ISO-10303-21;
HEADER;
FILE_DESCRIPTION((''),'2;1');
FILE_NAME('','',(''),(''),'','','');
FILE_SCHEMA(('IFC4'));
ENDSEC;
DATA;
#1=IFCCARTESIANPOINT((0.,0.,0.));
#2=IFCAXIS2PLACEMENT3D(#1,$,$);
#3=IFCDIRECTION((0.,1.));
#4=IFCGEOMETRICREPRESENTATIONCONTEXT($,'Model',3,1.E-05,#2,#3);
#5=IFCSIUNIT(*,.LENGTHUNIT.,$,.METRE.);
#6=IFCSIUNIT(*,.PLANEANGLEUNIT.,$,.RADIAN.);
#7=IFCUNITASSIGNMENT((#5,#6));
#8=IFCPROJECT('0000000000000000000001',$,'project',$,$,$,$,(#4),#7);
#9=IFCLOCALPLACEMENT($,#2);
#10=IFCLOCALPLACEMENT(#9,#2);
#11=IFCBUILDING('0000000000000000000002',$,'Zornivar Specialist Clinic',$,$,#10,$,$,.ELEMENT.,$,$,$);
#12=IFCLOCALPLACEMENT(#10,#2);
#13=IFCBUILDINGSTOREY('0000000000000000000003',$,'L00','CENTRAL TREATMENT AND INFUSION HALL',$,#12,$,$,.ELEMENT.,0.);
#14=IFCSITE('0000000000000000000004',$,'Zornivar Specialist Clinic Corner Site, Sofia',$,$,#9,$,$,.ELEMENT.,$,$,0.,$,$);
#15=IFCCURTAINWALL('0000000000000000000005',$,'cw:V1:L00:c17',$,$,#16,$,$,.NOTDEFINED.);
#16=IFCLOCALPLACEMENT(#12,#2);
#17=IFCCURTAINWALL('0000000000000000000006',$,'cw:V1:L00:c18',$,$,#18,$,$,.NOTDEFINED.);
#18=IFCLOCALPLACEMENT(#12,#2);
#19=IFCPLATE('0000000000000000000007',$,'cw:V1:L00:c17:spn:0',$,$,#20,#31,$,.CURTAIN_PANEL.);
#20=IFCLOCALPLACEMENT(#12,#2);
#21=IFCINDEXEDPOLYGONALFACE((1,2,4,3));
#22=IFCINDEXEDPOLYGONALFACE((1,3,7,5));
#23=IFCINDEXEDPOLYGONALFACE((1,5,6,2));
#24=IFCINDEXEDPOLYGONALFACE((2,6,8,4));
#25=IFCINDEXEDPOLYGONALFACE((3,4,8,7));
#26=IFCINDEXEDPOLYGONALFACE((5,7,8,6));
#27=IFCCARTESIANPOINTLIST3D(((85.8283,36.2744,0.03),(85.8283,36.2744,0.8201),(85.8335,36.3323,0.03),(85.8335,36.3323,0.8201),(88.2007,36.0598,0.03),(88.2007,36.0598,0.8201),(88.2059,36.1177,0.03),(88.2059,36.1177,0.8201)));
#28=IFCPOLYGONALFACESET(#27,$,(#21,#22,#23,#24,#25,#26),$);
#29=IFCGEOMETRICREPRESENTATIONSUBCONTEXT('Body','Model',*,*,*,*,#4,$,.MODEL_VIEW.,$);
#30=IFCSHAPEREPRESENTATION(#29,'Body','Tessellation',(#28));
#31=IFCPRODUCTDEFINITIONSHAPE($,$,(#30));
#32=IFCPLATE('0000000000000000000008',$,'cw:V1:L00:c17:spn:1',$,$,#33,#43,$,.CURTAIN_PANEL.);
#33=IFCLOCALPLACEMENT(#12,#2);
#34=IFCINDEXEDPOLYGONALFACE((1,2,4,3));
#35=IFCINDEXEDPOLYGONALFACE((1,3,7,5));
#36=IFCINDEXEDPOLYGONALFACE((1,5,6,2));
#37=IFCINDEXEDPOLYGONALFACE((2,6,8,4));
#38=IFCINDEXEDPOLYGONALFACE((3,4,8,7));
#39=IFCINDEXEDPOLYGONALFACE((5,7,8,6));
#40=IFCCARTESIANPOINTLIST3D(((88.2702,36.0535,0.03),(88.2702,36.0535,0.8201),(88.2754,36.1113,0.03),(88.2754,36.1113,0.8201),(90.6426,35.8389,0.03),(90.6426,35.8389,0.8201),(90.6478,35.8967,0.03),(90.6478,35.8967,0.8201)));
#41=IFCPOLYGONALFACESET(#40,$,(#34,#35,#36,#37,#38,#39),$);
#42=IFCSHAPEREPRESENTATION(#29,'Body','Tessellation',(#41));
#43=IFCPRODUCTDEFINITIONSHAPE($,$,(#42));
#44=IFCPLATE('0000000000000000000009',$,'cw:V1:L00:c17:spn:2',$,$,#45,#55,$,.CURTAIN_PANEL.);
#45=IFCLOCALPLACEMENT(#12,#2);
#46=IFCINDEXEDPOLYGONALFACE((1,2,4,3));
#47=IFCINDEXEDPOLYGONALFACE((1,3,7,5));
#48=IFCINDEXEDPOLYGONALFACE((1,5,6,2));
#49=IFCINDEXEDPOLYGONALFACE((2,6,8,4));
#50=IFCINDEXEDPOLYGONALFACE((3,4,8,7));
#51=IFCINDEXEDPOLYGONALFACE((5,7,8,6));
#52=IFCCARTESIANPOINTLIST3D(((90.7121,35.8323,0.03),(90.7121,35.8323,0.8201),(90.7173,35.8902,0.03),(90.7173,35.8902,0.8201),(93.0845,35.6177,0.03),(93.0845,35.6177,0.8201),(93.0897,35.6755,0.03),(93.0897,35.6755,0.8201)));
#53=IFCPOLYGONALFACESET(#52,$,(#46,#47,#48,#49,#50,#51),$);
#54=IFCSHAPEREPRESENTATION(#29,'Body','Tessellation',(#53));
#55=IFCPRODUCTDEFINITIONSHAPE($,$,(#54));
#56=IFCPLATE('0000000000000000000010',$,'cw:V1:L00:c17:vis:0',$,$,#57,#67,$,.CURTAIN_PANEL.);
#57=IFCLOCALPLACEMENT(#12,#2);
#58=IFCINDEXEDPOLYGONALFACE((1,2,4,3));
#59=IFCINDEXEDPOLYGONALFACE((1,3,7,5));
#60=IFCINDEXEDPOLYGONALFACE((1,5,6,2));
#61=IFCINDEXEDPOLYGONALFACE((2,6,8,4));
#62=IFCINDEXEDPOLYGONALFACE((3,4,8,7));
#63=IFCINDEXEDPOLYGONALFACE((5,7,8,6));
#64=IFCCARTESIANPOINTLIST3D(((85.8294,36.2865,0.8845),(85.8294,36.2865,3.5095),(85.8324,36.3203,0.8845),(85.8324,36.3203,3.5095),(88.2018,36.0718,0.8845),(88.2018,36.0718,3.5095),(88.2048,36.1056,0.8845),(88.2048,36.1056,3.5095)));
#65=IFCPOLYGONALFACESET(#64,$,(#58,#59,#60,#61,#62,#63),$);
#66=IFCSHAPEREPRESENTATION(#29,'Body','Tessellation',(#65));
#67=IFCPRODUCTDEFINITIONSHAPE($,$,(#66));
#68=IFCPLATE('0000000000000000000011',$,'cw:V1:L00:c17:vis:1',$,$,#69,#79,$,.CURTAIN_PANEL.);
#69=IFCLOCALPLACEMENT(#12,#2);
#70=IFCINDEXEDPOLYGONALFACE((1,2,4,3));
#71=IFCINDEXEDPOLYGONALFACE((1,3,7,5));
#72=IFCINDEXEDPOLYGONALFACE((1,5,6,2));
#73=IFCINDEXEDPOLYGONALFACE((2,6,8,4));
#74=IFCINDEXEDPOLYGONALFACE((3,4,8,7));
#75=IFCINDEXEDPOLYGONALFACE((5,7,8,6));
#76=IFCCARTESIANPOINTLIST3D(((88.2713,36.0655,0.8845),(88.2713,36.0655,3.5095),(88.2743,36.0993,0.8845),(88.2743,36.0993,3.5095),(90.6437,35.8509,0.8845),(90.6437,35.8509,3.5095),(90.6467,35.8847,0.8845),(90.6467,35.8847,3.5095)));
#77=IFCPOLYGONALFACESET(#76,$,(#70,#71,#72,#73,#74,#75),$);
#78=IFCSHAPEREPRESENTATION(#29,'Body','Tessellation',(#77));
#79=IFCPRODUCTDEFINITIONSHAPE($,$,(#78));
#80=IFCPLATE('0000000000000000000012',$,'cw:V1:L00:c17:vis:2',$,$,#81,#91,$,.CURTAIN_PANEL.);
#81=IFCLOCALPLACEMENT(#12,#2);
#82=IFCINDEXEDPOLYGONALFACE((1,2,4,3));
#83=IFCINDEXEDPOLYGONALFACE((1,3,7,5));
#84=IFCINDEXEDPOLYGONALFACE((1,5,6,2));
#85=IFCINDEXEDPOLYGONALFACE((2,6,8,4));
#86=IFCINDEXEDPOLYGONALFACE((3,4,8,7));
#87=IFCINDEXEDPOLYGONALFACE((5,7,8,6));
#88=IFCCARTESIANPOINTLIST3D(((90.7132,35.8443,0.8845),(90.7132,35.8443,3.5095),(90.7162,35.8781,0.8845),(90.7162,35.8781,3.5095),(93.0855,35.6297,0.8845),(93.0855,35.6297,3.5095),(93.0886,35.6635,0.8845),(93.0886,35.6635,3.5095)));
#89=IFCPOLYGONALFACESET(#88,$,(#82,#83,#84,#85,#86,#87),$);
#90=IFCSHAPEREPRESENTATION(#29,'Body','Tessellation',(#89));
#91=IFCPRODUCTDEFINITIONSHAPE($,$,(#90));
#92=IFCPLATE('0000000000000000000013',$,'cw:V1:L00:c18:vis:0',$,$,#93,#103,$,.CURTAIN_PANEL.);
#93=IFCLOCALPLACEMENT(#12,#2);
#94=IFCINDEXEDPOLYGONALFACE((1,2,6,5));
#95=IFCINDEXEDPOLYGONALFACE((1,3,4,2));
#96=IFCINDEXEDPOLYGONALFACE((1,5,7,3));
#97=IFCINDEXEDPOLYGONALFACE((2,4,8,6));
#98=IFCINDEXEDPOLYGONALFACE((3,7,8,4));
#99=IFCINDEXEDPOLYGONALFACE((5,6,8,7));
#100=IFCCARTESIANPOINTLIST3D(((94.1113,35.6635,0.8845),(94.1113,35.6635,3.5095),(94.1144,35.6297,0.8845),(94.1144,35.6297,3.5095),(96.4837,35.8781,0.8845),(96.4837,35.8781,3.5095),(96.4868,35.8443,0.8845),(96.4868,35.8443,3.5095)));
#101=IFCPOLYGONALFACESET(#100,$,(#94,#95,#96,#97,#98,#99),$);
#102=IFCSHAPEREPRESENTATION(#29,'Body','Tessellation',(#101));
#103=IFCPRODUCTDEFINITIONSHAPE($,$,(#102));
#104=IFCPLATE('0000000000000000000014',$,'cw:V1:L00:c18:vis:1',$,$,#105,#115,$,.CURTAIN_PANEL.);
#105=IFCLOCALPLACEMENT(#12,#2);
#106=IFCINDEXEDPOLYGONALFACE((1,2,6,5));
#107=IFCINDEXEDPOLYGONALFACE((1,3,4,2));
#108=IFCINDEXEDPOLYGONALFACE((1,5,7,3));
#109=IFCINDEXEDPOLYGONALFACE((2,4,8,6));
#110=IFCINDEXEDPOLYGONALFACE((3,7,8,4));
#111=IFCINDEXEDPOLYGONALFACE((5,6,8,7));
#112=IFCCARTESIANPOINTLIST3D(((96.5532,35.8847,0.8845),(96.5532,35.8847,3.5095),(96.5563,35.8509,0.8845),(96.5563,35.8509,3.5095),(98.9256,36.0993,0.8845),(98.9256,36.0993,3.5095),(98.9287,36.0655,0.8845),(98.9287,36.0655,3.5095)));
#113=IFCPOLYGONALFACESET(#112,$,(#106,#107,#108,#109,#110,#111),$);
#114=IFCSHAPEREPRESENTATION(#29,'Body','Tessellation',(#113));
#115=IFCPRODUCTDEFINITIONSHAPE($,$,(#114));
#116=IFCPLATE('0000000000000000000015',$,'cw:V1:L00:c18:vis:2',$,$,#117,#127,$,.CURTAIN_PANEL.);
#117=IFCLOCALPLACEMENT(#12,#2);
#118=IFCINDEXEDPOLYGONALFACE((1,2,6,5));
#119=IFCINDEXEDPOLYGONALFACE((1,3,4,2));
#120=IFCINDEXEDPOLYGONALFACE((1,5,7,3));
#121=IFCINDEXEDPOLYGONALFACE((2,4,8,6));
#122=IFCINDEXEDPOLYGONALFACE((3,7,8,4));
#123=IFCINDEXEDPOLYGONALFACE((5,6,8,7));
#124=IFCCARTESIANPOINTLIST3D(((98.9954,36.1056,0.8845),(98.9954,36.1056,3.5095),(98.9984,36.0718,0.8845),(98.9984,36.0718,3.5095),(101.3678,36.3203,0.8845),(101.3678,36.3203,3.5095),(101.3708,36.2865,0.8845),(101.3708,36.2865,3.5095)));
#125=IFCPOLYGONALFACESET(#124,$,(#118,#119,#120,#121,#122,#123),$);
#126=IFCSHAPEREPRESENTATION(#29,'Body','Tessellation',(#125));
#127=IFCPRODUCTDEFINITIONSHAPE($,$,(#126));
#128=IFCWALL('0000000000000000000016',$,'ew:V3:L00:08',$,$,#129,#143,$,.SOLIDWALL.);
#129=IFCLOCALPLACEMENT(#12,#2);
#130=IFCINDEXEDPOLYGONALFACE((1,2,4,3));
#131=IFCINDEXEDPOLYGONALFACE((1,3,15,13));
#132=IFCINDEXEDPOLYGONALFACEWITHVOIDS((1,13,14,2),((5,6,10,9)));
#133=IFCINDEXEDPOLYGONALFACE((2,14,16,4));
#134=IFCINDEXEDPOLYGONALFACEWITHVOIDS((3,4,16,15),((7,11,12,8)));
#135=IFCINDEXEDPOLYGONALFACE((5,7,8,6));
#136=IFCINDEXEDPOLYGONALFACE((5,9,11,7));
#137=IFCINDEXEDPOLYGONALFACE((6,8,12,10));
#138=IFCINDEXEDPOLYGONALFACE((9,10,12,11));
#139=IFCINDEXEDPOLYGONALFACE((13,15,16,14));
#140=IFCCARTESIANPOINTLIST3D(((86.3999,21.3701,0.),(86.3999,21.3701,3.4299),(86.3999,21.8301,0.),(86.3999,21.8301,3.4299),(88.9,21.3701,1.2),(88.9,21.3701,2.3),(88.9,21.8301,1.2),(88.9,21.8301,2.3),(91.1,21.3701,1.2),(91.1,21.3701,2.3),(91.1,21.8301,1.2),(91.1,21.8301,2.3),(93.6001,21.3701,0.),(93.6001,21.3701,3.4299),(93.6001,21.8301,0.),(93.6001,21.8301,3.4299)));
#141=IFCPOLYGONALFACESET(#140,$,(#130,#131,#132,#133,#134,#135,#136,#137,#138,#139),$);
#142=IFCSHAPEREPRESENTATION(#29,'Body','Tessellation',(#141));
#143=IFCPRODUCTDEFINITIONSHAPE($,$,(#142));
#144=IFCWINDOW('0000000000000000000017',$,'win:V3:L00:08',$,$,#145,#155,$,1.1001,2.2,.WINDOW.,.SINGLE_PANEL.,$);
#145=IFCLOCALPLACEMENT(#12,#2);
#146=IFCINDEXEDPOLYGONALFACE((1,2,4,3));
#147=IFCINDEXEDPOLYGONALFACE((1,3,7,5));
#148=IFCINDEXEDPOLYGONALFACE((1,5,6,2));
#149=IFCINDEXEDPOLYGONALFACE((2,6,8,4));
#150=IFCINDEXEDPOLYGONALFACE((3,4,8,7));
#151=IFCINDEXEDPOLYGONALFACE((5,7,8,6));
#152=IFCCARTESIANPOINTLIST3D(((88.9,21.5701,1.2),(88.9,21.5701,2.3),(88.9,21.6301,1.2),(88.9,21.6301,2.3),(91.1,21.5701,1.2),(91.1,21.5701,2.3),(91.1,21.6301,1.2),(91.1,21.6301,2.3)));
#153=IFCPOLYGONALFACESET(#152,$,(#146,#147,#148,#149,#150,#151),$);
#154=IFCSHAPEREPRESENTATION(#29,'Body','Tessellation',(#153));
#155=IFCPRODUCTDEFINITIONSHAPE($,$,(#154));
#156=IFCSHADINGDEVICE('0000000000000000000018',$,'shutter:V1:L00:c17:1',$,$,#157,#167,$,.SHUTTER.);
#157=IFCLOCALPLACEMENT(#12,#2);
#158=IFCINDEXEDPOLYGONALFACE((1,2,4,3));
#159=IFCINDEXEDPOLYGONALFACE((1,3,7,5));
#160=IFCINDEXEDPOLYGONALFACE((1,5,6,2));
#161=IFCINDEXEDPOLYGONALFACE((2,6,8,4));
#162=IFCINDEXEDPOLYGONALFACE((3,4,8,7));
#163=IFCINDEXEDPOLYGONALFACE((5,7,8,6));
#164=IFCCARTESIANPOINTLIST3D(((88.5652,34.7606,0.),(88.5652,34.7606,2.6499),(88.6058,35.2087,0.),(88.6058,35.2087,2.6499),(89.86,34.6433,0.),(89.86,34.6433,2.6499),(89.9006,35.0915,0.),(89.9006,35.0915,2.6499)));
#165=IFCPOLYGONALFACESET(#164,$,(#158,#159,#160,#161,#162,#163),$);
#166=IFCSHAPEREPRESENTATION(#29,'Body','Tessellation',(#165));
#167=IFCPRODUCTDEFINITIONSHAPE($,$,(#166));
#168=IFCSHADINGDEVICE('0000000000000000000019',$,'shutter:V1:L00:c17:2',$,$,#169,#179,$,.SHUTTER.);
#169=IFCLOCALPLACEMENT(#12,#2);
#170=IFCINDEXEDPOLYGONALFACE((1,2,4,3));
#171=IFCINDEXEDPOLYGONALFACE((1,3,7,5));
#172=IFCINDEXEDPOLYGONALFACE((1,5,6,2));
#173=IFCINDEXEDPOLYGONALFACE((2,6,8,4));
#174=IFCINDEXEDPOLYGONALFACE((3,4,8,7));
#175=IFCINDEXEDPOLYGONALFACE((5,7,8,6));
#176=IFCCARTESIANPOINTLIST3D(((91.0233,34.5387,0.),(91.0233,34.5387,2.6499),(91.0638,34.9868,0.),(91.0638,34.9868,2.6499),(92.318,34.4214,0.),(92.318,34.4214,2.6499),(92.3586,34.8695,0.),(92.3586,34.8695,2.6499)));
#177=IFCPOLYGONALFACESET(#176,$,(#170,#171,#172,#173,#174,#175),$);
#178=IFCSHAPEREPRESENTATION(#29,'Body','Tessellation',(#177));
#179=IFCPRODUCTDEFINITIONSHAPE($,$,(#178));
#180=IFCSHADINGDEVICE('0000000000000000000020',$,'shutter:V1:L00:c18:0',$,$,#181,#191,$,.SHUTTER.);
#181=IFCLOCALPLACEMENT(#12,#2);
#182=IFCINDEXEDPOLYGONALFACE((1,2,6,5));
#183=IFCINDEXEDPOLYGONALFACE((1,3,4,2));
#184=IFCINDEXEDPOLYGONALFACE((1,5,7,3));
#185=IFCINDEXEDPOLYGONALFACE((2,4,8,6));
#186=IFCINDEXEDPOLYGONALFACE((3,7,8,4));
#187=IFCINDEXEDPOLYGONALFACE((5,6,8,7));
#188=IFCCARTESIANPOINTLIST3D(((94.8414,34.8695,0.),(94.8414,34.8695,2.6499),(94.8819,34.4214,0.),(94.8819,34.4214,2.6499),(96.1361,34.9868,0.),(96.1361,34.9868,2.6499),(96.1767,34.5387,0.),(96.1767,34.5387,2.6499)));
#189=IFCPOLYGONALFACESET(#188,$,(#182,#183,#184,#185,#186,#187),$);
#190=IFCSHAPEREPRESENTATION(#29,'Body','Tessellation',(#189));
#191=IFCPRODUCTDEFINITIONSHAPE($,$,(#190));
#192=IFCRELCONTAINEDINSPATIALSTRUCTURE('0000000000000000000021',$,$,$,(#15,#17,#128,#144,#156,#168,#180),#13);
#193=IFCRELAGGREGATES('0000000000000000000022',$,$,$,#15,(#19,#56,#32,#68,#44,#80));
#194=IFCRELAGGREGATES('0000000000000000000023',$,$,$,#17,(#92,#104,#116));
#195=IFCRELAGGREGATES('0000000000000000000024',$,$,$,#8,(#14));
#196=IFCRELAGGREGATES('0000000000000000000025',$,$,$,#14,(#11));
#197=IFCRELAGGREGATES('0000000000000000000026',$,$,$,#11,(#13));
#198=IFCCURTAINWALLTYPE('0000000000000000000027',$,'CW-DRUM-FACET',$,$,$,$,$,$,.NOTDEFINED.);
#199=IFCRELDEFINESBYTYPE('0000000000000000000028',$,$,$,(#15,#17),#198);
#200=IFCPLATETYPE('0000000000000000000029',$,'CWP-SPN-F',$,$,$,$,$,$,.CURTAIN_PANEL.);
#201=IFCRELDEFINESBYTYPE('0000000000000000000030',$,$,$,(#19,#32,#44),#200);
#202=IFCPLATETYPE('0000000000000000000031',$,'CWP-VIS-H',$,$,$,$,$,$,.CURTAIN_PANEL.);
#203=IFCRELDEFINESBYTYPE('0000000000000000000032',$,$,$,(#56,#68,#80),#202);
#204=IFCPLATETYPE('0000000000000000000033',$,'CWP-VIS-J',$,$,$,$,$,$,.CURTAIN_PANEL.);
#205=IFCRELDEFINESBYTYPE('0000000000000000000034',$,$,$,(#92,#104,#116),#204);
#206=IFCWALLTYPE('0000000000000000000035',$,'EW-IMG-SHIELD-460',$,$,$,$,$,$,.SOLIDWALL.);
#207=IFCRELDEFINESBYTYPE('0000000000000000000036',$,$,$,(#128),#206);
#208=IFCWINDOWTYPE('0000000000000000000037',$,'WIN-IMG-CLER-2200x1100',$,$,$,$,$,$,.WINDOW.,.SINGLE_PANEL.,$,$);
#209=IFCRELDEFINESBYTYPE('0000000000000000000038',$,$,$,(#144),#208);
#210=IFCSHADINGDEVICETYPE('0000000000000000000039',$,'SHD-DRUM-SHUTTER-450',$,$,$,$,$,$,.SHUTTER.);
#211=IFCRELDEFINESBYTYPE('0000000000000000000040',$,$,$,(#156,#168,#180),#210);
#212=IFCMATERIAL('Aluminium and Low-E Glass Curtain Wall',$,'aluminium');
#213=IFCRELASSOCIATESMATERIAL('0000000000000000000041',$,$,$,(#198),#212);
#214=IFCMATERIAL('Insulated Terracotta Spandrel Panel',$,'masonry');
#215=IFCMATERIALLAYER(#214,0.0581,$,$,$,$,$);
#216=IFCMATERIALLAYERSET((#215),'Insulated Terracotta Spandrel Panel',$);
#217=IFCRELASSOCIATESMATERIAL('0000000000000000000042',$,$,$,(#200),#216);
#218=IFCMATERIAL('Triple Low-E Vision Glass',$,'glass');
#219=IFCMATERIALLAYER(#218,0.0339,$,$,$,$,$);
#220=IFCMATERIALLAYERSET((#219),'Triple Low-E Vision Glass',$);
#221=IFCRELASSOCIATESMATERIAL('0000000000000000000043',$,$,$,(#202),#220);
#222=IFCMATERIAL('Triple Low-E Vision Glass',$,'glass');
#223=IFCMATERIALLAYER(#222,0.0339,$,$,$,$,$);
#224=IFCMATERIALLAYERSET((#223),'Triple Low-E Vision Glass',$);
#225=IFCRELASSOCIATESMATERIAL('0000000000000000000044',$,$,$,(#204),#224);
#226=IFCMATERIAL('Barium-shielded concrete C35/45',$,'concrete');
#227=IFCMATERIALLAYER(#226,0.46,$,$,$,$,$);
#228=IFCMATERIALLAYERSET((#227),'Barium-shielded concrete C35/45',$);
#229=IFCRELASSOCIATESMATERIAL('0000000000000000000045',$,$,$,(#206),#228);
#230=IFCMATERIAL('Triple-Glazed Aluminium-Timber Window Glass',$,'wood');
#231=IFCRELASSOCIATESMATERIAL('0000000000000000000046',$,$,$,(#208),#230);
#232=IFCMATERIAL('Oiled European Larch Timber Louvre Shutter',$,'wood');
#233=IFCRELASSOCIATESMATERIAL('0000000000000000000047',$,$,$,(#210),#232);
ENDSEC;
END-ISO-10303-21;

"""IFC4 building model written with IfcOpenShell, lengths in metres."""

from ifc_helpers import new_model, si_unit, direction, frame, frame_2d, origin, origin_2d, place, context, subcontext, project, spatial, rectangle, extrude, material, layer, layer_set, type_object, element, fill, aggregate, save


model = new_model("IFC4")

# Units and contexts
model_context = context("Model", 3, precision=1e-05, world=origin(), true_north=direction((0.0, 1.0)))
body_context = subcontext(model_context, "Body", "Model", "MODEL_VIEW")
ifc_project = project(units=[si_unit("LENGTHUNIT", "METRE"), si_unit("PLANEANGLEUNIT", "RADIAN")], contexts=[model_context])

# Site, building, storey
site_placement = place(None, origin())
site = spatial("IfcSite", under=ifc_project, at=site_placement, Name="Zornivar Specialist Clinic Corner Site, Sofia", CompositionType="ELEMENT", RefElevation=0.0)
building_placement = place(site_placement, origin())
building = spatial("IfcBuilding", under=site, at=building_placement, Name="Zornivar Specialist Clinic", CompositionType="ELEMENT")
storey_placement = place(building_placement, origin())
storey = spatial("IfcBuildingStorey", under=building, at=storey_placement, Name="L00", Description="CENTRAL TREATMENT AND INFUSION HALL", CompositionType="ELEMENT", Elevation=0.0)

# Curtain wall
ifc_material_1 = material(Name="Aluminium and Low-E Glass Curtain Wall", Category="aluminium")
curtain_wall_type = type_object("IfcCurtainWallType", Name="CW-DRUM-FACET", PredefinedType="NOTDEFINED", material=ifc_material_1)
curtain_wall_1_placement = place(storey_placement, origin())
curtain_wall_1 = element("IfcCurtainWall", 1, at=curtain_wall_1_placement, inside=storey, type_object=curtain_wall_type, Name="cw:V1:L00:c17", PredefinedType="NOTDEFINED")

# Curtain wall
curtain_wall_2_placement = place(storey_placement, origin())
curtain_wall_2 = element("IfcCurtainWall", 2, at=curtain_wall_2_placement, inside=storey, type_object=curtain_wall_type, Name="cw:V1:L00:c18", PredefinedType="NOTDEFINED")

# Plates
ifc_material_2 = material(Name="Insulated Terracotta Spandrel Panel", Category="masonry")
ifc_layer_1 = layer(ifc_material_2, 0.0581)
ifc_layer_set_1 = layer_set([ifc_layer_1], Name="Insulated Terracotta Spandrel Panel")
plate_type_1 = type_object("IfcPlateType", Name="CWP-SPN-F", PredefinedType="CURTAIN_PANEL", material=ifc_layer_set_1)
plate_1_placement = place(storey_placement, frame((87.0171, 36.196, 0.03), z_axis=(0.0, 0.0, 1.0), x_axis=(0.995933, -0.090099, 0.0)))
plate_1 = element("IfcPlate", 3, at=plate_1_placement, type_object=plate_type_1, Name="cw:V1:L00:c17:spn:0", PredefinedType="CURTAIN_PANEL", context=body_context, shape_type="SweptSolid", body=[
    extrude(rectangle(XDim=2.3821, YDim=0.0581, at=origin_2d()), origin(), (0.0, 0.0, 1.0), 0.79),
])
plate_2_placement = place(storey_placement, frame((89.459, 35.9751, 0.03), z_axis=(0.0, 0.0, 1.0), x_axis=(0.995933, -0.090099, 0.0)))
plate_2 = element("IfcPlate", 4, at=plate_2_placement, type_object=plate_type_1, Name="cw:V1:L00:c17:spn:1", PredefinedType="CURTAIN_PANEL", context=body_context, shape_type="SweptSolid", body=[
    extrude(rectangle(XDim=2.3821, YDim=0.0581, at=origin_2d()), origin(), (0.0, 0.0, 1.0), 0.79),
])
plate_3_placement = place(storey_placement, frame((91.9009, 35.7539, 0.03), z_axis=(0.0, 0.0, 1.0), x_axis=(0.995933, -0.090099, 0.0)))
plate_3 = element("IfcPlate", 5, at=plate_3_placement, type_object=plate_type_1, Name="cw:V1:L00:c17:spn:2", PredefinedType="CURTAIN_PANEL", context=body_context, shape_type="SweptSolid", body=[
    extrude(rectangle(XDim=2.3821, YDim=0.0581, at=origin_2d()), origin(), (0.0, 0.0, 1.0), 0.79),
])
ifc_material_3 = material(Name="Triple Low-E Vision Glass", Category="glass")
ifc_layer_2 = layer(ifc_material_3, 0.0339)
ifc_layer_set_2 = layer_set([ifc_layer_2], Name="Triple Low-E Vision Glass")
plate_type_2 = type_object("IfcPlateType", Name="CWP-VIS-H", PredefinedType="CURTAIN_PANEL", material=ifc_layer_set_2)
plate_4_placement = place(storey_placement, frame((87.0171, 36.196, 0.8845), z_axis=(0.0, 0.0, 1.0), x_axis=(0.995933, -0.090099, 0.0)))
plate_4 = element("IfcPlate", 6, at=plate_4_placement, type_object=plate_type_2, Name="cw:V1:L00:c17:vis:0", PredefinedType="CURTAIN_PANEL", context=body_context, shape_type="SweptSolid", body=[
    extrude(rectangle(XDim=2.3821, YDim=0.0339, at=origin_2d()), origin(), (0.0, 0.0, 1.0), 2.625),
])
plate_5_placement = place(storey_placement, frame((89.459, 35.9751, 0.8845), z_axis=(0.0, 0.0, 1.0), x_axis=(0.995933, -0.090099, 0.0)))
plate_5 = element("IfcPlate", 7, at=plate_5_placement, type_object=plate_type_2, Name="cw:V1:L00:c17:vis:1", PredefinedType="CURTAIN_PANEL", context=body_context, shape_type="SweptSolid", body=[
    extrude(rectangle(XDim=2.3821, YDim=0.0339, at=origin_2d()), origin(), (0.0, 0.0, 1.0), 2.625),
])
plate_6_placement = place(storey_placement, frame((91.9009, 35.7539, 0.8845), z_axis=(0.0, 0.0, 1.0), x_axis=(0.995933, -0.090099, 0.0)))
plate_6 = element("IfcPlate", 8, at=plate_6_placement, type_object=plate_type_2, Name="cw:V1:L00:c17:vis:2", PredefinedType="CURTAIN_PANEL", context=body_context, shape_type="SweptSolid", body=[
    extrude(rectangle(XDim=2.3821, YDim=0.0339, at=origin_2d()), origin(), (0.0, 0.0, 1.0), 2.625),
])
aggregate(curtain_wall_1, [plate_1, plate_4, plate_2, plate_5, plate_3, plate_6])
ifc_material_4 = material(Name="Triple Low-E Vision Glass", Category="glass")
ifc_layer_3 = layer(ifc_material_4, 0.0339)
ifc_layer_set_3 = layer_set([ifc_layer_3], Name="Triple Low-E Vision Glass")
plate_type_3 = type_object("IfcPlateType", Name="CWP-VIS-J", PredefinedType="CURTAIN_PANEL", material=ifc_layer_set_3)
plate_7_placement = place(storey_placement, frame((95.2991, 35.7539, 0.8845), z_axis=(0.0, 0.0, 1.0), x_axis=(0.995933, 0.090099, 0.0)))
plate_7 = element("IfcPlate", 9, at=plate_7_placement, type_object=plate_type_3, Name="cw:V1:L00:c18:vis:0", PredefinedType="CURTAIN_PANEL", context=body_context, shape_type="SweptSolid", body=[
    extrude(rectangle(XDim=2.3821, YDim=0.0339, at=origin_2d()), origin(), (0.0, 0.0, 1.0), 2.625),
])
plate_8_placement = place(storey_placement, frame((97.741, 35.9751, 0.8845), z_axis=(0.0, 0.0, 1.0), x_axis=(0.995933, 0.090099, 0.0)))
plate_8 = element("IfcPlate", 10, at=plate_8_placement, type_object=plate_type_3, Name="cw:V1:L00:c18:vis:1", PredefinedType="CURTAIN_PANEL", context=body_context, shape_type="SweptSolid", body=[
    extrude(rectangle(XDim=2.3821, YDim=0.0339, at=origin_2d()), origin(), (0.0, 0.0, 1.0), 2.625),
])
plate_9_placement = place(storey_placement, frame((100.1831, 36.196, 0.8845), z_axis=(0.0, 0.0, 1.0), x_axis=(0.995933, 0.090099, 0.0)))
plate_9 = element("IfcPlate", 11, at=plate_9_placement, type_object=plate_type_3, Name="cw:V1:L00:c18:vis:2", PredefinedType="CURTAIN_PANEL", context=body_context, shape_type="SweptSolid", body=[
    extrude(rectangle(XDim=2.3821, YDim=0.0339, at=origin_2d()), origin(), (0.0, 0.0, 1.0), 2.625),
])
aggregate(curtain_wall_2, [plate_7, plate_8, plate_9])

# Wall, opening, window
ifc_material_5 = material(Name="Barium-shielded concrete C35/45", Category="concrete")
ifc_layer_4 = layer(ifc_material_5, 0.46)
ifc_layer_set_4 = layer_set([ifc_layer_4], Name="Barium-shielded concrete C35/45")
wall_type = type_object("IfcWallType", Name="EW-IMG-SHIELD-460", PredefinedType="SOLIDWALL", material=ifc_layer_set_4)
wall_placement = place(storey_placement, frame((93.6001, 21.6001, 0.0), z_axis=(0.0, 0.0, 1.0), x_axis=(-1.0, 0.0, 0.0)))
wall = element("IfcWall", 12, at=wall_placement, inside=storey, type_object=wall_type, Name="ew:V3:L00:08", PredefinedType="SOLIDWALL", context=body_context, shape_type="SweptSolid", body=[
    extrude(rectangle(XDim=7.2002, YDim=0.46, at=frame_2d((3.6001, 0.0))), origin(), (0.0, 0.0, 1.0), 3.4299),
])
opening_placement = place(wall_placement, frame((2.5, 0.0, 1.2)))
opening = element("IfcOpeningElement", 13, at=opening_placement, cuts=wall, PredefinedType="OPENING", context=body_context, shape_type="SweptSolid", body=[
    extrude(rectangle(XDim=2.2, YDim=1.1001, at=frame_2d((1.1001, 0.55))), frame((0.0, 0.24, 0.0), z_axis=(0.0, -1.0, 0.0), x_axis=(1.0, 0.0, 0.0)), (0.0, 0.0, 1.0), 0.48),
])
ifc_material_6 = material(Name="Triple-Glazed Aluminium-Timber Window Glass", Category="wood")
window_type = type_object("IfcWindowType", Name="WIN-IMG-CLER-2200x1100", PartitioningType="SINGLE_PANEL", PredefinedType="WINDOW", material=ifc_material_6)
window_placement = place(opening_placement, origin())
window = element("IfcWindow", 14, at=window_placement, inside=storey, type_object=window_type, Name="win:V3:L00:08", OverallHeight=1.1001, OverallWidth=2.2, PartitioningType="SINGLE_PANEL", PredefinedType="WINDOW", context=body_context, shape_type="SweptSolid", body=[
    extrude(rectangle(XDim=2.2, YDim=1.1001, at=frame_2d((1.1001, 0.55))), frame((0.0, 0.03, 0.0), z_axis=(0.0, -1.0, 0.0), x_axis=(1.0, 0.0, 0.0)), (0.0, 0.0, 1.0), 0.0601),
])
fill(opening, window)

# Shading devices
ifc_material_7 = material(Name="Oiled European Larch Timber Louvre Shutter", Category="wood")
shading_device_type = type_object("IfcShadingDeviceType", Name="SHD-DRUM-SHUTTER-450", PredefinedType="SHUTTER", material=ifc_material_7)
for number, where, z_axis, x_axis, name in (
    (15, (89.2329, 34.926, 0.0), (0.0, 0.0, 1.0), (0.995925, -0.090188, 0.0), "shutter:V1:L00:c17:1"),
    (16, (91.6909, 34.7041, 0.0), (0.0, 0.0, 1.0), (0.995925, -0.090188, 0.0), "shutter:V1:L00:c17:2"),
    (17, (95.509, 34.7041, 0.0), (0.0, 0.0, 1.0), (0.995925, 0.090188, 0.0), "shutter:V1:L00:c18:0"),
):
    element("IfcShadingDevice", number, at=place(storey_placement, frame(where, z_axis=z_axis, x_axis=x_axis)), inside=storey, type_object=shading_device_type, Name=name, PredefinedType="SHUTTER", context=body_context, shape_type="SweptSolid", body=[
        extrude(rectangle(XDim=1.3, YDim=0.45, at=origin_2d()), origin(), (0.0, 0.0, 1.0), 2.6499),
    ])

save(model, "model.ifc")
